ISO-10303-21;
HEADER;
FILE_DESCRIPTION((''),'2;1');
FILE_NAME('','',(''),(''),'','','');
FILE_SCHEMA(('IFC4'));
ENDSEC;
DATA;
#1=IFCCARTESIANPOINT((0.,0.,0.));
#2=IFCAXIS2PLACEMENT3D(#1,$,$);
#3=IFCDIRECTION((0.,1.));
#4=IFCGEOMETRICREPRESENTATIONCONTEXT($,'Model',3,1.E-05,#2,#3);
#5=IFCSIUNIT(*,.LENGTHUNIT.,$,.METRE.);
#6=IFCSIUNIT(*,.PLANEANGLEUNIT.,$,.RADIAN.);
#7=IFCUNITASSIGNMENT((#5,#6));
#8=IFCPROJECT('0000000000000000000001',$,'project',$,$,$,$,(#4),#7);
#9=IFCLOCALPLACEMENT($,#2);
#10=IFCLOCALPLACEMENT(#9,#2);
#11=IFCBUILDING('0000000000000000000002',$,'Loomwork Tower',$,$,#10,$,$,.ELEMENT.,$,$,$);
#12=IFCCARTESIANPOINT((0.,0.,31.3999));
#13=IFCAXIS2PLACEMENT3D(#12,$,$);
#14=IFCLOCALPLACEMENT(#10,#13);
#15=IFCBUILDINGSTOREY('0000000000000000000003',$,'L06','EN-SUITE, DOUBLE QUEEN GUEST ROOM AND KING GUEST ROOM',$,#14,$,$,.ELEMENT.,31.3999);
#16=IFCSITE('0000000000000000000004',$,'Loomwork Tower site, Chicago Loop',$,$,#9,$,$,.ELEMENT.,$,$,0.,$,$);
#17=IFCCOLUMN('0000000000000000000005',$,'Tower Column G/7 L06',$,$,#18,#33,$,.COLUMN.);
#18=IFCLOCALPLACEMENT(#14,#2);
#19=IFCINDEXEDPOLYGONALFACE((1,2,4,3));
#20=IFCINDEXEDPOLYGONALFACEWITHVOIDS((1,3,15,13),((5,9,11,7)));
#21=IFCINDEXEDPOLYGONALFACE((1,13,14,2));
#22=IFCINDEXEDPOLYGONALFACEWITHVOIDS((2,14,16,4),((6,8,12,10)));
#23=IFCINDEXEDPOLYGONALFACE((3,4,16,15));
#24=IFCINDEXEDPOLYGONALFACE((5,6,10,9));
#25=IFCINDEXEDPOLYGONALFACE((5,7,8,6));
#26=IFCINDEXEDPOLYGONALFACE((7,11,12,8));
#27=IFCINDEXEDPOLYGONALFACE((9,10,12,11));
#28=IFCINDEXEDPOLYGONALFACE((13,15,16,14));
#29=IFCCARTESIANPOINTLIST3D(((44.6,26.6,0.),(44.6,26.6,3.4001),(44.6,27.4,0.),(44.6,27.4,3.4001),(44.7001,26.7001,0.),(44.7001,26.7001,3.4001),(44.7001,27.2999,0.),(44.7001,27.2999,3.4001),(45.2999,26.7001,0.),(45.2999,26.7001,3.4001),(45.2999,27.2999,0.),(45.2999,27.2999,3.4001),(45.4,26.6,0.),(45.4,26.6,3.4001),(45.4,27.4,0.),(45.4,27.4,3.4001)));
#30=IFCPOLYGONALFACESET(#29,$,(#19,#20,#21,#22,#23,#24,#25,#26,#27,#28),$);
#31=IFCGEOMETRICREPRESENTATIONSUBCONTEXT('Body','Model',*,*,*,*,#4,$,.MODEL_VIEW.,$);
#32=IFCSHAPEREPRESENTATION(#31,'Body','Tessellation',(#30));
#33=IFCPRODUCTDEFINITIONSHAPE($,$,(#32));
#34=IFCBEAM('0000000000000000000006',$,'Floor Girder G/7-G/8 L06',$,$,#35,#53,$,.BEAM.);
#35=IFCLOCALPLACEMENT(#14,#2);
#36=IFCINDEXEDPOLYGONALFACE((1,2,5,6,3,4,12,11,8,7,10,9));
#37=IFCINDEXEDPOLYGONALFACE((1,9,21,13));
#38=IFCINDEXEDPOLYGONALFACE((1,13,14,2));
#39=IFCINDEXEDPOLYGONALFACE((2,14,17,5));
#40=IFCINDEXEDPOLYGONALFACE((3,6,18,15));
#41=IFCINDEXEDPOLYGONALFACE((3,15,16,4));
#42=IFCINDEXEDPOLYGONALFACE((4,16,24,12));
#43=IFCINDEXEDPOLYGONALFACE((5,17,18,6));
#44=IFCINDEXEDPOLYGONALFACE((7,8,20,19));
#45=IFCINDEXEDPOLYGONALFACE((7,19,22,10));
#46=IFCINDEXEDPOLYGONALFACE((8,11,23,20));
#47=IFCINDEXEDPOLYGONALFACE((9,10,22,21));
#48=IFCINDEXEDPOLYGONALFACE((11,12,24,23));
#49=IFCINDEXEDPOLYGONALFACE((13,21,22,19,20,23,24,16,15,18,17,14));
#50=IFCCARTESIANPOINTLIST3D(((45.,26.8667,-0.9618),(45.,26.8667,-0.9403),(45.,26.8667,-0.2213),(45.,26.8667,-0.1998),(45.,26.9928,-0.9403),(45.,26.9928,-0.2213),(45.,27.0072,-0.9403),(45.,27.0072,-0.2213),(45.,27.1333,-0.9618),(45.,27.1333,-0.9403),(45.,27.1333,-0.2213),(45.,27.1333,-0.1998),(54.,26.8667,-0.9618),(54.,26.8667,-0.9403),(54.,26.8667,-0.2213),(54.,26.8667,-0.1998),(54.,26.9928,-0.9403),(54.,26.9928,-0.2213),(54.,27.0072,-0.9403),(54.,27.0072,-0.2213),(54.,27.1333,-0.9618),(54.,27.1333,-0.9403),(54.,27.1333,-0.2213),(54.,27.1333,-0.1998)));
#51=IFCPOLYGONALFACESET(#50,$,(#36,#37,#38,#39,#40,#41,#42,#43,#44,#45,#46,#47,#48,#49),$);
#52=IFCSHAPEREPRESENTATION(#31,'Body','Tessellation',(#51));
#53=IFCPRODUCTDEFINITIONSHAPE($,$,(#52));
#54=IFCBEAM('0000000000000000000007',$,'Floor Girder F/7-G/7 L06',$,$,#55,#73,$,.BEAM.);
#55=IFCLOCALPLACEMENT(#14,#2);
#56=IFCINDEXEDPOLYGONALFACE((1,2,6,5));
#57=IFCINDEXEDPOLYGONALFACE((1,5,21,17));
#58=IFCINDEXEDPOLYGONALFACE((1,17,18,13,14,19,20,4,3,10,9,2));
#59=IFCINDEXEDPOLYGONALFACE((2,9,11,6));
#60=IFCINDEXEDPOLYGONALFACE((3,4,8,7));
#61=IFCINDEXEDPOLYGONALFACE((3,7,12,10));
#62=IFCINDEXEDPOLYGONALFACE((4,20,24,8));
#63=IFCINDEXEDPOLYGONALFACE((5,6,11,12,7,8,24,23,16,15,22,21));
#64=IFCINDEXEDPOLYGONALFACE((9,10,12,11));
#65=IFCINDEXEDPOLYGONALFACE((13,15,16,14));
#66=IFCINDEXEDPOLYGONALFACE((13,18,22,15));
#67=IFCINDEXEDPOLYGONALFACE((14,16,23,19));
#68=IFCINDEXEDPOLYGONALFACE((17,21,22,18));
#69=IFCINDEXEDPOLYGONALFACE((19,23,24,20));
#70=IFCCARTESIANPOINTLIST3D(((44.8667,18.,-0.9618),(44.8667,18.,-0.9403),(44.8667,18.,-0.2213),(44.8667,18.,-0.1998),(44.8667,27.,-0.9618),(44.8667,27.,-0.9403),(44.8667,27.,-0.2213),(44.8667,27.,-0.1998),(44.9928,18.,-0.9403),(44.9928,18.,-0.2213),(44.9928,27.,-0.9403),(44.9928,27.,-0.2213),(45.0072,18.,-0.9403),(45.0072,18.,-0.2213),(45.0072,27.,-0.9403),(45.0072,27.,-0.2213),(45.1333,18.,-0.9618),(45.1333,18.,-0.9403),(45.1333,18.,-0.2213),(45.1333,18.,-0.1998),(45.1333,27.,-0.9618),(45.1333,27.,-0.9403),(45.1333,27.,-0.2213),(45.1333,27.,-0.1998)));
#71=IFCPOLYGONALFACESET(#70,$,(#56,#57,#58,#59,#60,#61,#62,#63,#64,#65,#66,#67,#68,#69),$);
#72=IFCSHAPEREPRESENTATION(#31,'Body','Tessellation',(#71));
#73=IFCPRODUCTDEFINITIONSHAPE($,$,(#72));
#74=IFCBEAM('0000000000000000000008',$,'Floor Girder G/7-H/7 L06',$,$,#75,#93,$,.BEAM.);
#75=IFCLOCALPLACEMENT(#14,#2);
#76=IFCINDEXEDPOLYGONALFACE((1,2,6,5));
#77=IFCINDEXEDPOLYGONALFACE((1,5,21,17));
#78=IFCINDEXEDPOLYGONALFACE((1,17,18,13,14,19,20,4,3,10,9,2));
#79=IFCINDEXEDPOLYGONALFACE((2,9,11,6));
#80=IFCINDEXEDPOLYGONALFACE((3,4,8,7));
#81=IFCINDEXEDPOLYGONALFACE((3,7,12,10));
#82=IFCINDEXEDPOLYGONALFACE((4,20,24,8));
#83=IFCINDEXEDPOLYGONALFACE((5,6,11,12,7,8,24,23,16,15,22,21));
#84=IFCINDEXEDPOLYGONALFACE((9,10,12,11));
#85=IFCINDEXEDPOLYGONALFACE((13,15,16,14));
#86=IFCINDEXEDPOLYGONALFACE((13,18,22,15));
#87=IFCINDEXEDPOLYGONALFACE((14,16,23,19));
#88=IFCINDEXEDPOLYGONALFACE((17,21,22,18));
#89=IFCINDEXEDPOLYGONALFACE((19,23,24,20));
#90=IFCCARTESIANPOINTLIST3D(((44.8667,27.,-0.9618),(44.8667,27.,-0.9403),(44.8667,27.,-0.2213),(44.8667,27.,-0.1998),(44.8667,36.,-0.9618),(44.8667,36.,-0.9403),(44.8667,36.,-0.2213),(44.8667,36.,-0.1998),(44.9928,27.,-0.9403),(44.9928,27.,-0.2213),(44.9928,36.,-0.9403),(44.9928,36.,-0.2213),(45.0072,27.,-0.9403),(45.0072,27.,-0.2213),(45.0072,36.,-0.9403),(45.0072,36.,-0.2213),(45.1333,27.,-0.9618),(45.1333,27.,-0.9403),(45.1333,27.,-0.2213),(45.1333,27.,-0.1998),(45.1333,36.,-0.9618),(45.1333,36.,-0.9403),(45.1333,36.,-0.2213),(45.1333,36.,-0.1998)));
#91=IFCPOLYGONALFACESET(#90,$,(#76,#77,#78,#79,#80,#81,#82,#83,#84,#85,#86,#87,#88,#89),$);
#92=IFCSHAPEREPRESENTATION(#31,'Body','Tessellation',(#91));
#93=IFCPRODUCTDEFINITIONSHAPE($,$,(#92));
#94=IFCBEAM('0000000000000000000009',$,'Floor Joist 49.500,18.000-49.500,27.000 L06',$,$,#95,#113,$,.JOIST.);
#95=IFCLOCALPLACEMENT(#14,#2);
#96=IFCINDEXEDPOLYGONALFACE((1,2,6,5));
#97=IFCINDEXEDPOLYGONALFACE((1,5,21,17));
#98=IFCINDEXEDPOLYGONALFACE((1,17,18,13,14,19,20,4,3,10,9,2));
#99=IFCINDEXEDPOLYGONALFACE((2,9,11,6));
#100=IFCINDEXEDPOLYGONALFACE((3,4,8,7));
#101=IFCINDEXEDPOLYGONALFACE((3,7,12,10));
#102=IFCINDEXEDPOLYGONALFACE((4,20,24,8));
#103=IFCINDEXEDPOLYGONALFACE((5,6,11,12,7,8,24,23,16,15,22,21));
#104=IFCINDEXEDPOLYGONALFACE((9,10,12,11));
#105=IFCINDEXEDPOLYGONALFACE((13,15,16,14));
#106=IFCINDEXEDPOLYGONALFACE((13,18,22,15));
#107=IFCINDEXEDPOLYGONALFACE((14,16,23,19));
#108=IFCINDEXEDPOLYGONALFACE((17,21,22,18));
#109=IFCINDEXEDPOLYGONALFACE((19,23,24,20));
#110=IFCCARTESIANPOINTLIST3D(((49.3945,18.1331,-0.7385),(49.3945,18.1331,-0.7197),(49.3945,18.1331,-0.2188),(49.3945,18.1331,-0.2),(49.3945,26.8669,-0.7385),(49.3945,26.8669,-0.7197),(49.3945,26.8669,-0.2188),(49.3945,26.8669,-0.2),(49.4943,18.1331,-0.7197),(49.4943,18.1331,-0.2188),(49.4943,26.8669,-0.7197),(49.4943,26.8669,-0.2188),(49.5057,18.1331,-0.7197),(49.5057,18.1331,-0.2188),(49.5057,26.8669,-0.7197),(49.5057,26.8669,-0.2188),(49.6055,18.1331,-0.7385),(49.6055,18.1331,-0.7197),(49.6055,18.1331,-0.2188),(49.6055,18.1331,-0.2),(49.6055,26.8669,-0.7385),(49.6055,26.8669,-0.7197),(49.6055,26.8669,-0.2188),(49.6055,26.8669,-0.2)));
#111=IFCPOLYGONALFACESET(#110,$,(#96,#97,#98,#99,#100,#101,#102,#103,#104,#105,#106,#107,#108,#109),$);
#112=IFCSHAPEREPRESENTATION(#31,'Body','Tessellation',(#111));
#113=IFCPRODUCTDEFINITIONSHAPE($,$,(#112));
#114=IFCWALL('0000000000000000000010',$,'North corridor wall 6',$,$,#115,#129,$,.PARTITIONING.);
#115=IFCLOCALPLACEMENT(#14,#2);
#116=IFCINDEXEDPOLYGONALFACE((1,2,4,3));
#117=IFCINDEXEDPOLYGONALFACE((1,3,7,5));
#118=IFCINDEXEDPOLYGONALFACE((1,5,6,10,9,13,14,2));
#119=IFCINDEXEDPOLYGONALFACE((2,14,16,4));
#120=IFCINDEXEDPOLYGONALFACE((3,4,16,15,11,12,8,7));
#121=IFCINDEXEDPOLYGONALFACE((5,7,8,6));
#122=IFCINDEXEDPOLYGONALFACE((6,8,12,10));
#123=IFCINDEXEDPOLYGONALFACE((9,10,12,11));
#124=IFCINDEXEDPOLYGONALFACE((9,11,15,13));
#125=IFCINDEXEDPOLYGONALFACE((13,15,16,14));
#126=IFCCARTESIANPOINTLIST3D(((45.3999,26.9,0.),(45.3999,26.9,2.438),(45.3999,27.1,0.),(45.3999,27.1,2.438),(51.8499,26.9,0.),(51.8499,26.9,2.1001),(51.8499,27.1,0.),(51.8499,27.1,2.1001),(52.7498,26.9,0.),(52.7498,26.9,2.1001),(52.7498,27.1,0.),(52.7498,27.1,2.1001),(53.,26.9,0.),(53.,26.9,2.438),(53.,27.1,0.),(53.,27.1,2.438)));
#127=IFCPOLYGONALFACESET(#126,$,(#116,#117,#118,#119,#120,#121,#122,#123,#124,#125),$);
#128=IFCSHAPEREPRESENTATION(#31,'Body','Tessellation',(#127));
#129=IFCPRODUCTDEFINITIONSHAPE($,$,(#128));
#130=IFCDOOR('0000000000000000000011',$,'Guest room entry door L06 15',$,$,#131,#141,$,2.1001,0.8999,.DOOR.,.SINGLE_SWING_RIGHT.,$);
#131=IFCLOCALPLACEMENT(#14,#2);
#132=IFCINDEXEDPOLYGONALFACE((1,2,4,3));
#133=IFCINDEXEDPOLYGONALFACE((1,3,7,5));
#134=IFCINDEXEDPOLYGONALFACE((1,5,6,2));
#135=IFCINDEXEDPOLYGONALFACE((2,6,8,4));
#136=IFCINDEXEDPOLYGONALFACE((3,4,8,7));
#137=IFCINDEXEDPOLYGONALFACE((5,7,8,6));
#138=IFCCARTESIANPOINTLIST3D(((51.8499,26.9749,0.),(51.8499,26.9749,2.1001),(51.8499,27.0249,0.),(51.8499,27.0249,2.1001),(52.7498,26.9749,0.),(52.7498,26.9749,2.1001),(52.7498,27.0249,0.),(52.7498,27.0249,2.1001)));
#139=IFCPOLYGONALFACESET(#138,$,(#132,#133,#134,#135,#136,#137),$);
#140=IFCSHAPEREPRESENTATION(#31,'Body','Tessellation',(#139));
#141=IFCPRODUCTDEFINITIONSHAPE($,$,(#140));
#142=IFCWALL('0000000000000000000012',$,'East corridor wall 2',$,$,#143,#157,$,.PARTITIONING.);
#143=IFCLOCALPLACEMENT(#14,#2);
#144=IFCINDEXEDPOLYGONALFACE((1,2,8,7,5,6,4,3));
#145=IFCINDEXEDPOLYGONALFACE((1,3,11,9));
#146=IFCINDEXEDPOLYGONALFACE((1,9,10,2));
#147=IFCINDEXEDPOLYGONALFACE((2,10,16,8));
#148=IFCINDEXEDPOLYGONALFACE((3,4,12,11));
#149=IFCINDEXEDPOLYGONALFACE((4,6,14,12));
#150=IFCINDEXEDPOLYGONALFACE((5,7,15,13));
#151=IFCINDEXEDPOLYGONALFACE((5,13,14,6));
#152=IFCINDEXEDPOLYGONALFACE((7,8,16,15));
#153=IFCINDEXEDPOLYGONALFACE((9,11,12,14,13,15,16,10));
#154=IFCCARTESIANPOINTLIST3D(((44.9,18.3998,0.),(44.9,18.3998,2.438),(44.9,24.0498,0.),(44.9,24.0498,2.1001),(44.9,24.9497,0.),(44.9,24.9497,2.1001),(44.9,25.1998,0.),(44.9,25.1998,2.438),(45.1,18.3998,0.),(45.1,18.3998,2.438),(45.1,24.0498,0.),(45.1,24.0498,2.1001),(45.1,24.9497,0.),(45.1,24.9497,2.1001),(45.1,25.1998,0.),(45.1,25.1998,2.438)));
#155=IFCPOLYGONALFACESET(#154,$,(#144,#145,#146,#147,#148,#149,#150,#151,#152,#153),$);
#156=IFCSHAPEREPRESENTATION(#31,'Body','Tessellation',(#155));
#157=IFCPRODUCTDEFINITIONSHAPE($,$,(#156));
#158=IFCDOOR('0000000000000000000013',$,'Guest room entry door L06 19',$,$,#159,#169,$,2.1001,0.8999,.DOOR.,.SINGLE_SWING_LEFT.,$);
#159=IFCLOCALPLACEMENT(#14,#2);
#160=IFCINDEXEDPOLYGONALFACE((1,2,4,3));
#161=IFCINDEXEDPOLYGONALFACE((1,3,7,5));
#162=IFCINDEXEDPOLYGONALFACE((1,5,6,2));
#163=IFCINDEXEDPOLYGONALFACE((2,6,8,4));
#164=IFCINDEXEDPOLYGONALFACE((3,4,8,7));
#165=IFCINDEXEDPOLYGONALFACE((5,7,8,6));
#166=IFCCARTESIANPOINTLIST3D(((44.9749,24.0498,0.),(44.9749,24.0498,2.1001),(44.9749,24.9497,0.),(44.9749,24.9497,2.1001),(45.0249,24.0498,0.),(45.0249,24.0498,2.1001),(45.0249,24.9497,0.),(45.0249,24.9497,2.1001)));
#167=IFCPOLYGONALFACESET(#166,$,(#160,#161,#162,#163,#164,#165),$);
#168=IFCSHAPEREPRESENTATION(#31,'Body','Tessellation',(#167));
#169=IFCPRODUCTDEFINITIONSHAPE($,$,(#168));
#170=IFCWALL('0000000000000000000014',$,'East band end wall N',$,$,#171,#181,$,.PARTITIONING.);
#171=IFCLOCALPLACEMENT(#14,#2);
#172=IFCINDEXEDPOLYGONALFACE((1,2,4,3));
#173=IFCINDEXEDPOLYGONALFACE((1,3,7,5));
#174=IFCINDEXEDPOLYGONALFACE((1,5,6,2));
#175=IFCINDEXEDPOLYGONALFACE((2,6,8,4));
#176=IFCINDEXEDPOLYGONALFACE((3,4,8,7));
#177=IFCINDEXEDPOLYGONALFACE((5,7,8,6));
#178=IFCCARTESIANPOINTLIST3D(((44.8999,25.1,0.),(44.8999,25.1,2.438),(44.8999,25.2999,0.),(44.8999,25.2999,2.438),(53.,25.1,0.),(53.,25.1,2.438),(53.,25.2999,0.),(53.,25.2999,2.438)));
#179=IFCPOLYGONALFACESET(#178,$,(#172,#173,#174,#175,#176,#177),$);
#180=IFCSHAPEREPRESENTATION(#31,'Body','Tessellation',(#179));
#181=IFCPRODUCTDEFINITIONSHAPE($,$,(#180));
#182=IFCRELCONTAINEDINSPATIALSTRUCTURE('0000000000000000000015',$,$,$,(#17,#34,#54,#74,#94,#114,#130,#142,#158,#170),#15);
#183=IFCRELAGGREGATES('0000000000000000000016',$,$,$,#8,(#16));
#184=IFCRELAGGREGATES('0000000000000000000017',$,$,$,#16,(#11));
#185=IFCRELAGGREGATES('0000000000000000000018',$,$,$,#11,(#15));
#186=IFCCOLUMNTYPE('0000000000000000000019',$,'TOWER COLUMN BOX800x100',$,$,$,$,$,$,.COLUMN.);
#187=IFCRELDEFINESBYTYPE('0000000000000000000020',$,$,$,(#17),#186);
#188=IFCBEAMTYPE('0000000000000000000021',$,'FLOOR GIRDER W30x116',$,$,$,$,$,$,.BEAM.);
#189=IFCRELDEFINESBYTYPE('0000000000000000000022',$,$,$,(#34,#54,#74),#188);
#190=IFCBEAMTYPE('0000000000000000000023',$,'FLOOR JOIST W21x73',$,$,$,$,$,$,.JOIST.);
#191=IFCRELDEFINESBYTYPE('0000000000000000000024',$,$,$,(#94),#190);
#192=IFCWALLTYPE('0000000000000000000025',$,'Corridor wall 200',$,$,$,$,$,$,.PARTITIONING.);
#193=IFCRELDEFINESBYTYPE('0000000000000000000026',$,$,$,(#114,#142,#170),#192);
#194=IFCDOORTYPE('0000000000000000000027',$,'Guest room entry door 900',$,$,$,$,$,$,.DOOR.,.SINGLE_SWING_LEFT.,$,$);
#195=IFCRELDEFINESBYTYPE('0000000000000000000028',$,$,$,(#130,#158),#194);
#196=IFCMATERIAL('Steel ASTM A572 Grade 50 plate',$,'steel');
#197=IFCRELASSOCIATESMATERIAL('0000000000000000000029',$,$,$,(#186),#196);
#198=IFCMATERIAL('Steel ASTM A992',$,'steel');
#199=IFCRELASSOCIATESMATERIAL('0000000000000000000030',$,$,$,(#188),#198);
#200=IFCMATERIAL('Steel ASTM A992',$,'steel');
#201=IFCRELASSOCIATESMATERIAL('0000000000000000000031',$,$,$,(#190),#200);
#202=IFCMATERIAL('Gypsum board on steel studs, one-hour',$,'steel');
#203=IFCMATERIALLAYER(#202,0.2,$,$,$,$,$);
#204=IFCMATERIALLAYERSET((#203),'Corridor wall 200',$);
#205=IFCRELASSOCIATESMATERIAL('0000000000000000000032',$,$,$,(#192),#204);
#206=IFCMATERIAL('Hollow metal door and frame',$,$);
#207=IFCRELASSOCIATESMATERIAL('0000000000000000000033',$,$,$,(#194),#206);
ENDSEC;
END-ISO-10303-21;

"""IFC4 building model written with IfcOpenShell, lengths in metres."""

from ifc_helpers import new_model, si_unit, direction, frame, frame_2d, origin, origin_2d, place, context, subcontext, project, spatial, rectangle, hollow_rectangle, i_section, extrude, material, layer, layer_set, material_profile, profile_set, type_object, element, fill, save


model = new_model("IFC4")

# Units and contexts
model_context = context("Model", 3, precision=1e-05, world=origin(), true_north=direction((0.0, 1.0)))
body_context = subcontext(model_context, "Body", "Model", "MODEL_VIEW")
ifc_project = project(units=[si_unit("LENGTHUNIT", "METRE"), si_unit("PLANEANGLEUNIT", "RADIAN")], contexts=[model_context])

# Site, building, storey
site_placement = place(None, origin())
site = spatial("IfcSite", under=ifc_project, at=site_placement, Name="Loomwork Tower site, Chicago Loop", CompositionType="ELEMENT", RefElevation=0.0)
building_placement = place(site_placement, origin())
building = spatial("IfcBuilding", under=site, at=building_placement, Name="Loomwork Tower", CompositionType="ELEMENT")
storey_placement = place(building_placement, frame((0.0, 0.0, 31.3999)))
storey = spatial("IfcBuildingStorey", under=building, at=storey_placement, Name="L06", Description="EN-SUITE, DOUBLE QUEEN GUEST ROOM AND KING GUEST ROOM", CompositionType="ELEMENT", Elevation=31.3999)

# Column
ifc_material_1 = material(Name="Steel ASTM A572 Grade 50 plate", Category="steel")
ifc_material_profile_1 = material_profile(ifc_material_1, hollow_rectangle(XDim=0.8, YDim=0.8, WallThickness=0.1001, at=origin_2d()), Name="BOX800x100")
ifc_profile_set_1 = profile_set([ifc_material_profile_1], Name="Steel ASTM A572 Grade 50 plate")
column_type = type_object("IfcColumnType", Name="TOWER COLUMN BOX800x100", PredefinedType="COLUMN", material=ifc_profile_set_1)
column_placement = place(storey_placement, frame((45.0, 27.0, 0.0), z_axis=(0.0, 0.0, 1.0), x_axis=(0.0, 1.0, 0.0)))
element("IfcColumn", 1, at=column_placement, inside=storey, type_object=column_type, Name="Tower Column G/7 L06", PredefinedType="COLUMN", context=body_context, shape_type="SweptSolid", body=[
    extrude(hollow_rectangle(XDim=0.8, YDim=0.8, WallThickness=0.1001, at=origin_2d()), origin(), (0.0, 0.0, 1.0), 3.4001),
])

# Beams
ifc_material_2 = material(Name="Steel ASTM A992", Category="steel")
ifc_material_profile_2 = material_profile(ifc_material_2, i_section(OverallWidth=0.2666, OverallDepth=0.762, WebThickness=0.0144, FlangeThickness=0.0215, at=origin_2d()), Name="W30x116")
ifc_profile_set_2 = profile_set([ifc_material_profile_2], Name="Steel ASTM A992")
beam_type_1 = type_object("IfcBeamType", Name="FLOOR GIRDER W30x116", PredefinedType="BEAM", material=ifc_profile_set_2)
for number, where, z_axis, x_axis, name in (
    (2, (45.0, 27.0, -0.5808), (1.0, 0.0, 0.0), (0.0, 1.0, 0.0), "Floor Girder G/7-G/8 L06"),
    (3, (45.0, 18.0, -0.5808), (0.0, 1.0, 0.0), (-1.0, 0.0, 0.0), "Floor Girder F/7-G/7 L06"),
    (4, (45.0, 27.0, -0.5808), (0.0, 1.0, 0.0), (-1.0, 0.0, 0.0), "Floor Girder G/7-H/7 L06"),
):
    element("IfcBeam", number, at=place(storey_placement, frame(where, z_axis=z_axis, x_axis=x_axis)), inside=storey, type_object=beam_type_1, Name=name, PredefinedType="BEAM", context=body_context, shape_type="SweptSolid", body=[
        extrude(i_section(OverallWidth=0.2666, OverallDepth=0.762, WebThickness=0.0144, FlangeThickness=0.0215, at=origin_2d()), origin(), (0.0, 0.0, 1.0), 9.0),
    ])
ifc_material_3 = material(Name="Steel ASTM A992", Category="steel")
ifc_material_profile_3 = material_profile(ifc_material_3, i_section(OverallWidth=0.2109, OverallDepth=0.5386, WebThickness=0.0115, FlangeThickness=0.0188, at=origin_2d()), Name="W21x73")
ifc_profile_set_3 = profile_set([ifc_material_profile_3], Name="Steel ASTM A992")
beam_type_2 = type_object("IfcBeamType", Name="FLOOR JOIST W21x73", PredefinedType="JOIST", material=ifc_profile_set_3)
beam_placement = place(storey_placement, frame((49.5, 18.1331, -0.4692), z_axis=(0.0, 1.0, 0.0), x_axis=(-1.0, 0.0, 0.0)))
element("IfcBeam", 5, at=beam_placement, inside=storey, type_object=beam_type_2, Name="Floor Joist 49.500,18.000-49.500,27.000 L06", PredefinedType="JOIST", context=body_context, shape_type="SweptSolid", body=[
    extrude(i_section(OverallWidth=0.2109, OverallDepth=0.5386, WebThickness=0.0115, FlangeThickness=0.0188, at=origin_2d()), origin(), (0.0, 0.0, 1.0), 8.7339),
])

# Walls, openings, doors
ifc_material_4 = material(Name="Gypsum board on steel studs, one-hour", Category="steel")
ifc_layer_1 = layer(ifc_material_4, 0.2)
ifc_layer_set_1 = layer_set([ifc_layer_1], Name="Corridor wall 200")
wall_type_1 = type_object("IfcWallType", Name="Corridor wall 200", PredefinedType="PARTITIONING", material=ifc_layer_set_1)
wall_1_placement = place(storey_placement, frame((45.3999, 27.0, 0.0), z_axis=(0.0, 0.0, 1.0), x_axis=(1.0, 0.0, 0.0)))
wall_1 = element("IfcWall", 6, at=wall_1_placement, inside=storey, type_object=wall_type_1, Name="North corridor wall 6", PredefinedType="PARTITIONING", context=body_context, shape_type="SweptSolid", body=[
    extrude(rectangle(XDim=7.6001, YDim=0.2, at=frame_2d((3.8, 0.0))), origin(), (0.0, 0.0, 1.0), 2.438),
])
opening_1_placement = place(wall_1_placement, frame((6.45, 0.0, 0.0)))
opening_1 = element("IfcOpeningElement", 7, at=opening_1_placement, cuts=wall_1, PredefinedType="OPENING", context=body_context, shape_type="SweptSolid", body=[
    extrude(rectangle(XDim=0.8999, YDim=2.1001, at=frame_2d((0.45, 1.05))), frame((0.0, 0.1099, 0.0), z_axis=(0.0, -1.0, 0.0), x_axis=(1.0, 0.0, 0.0)), (0.0, 0.0, 1.0), 0.22),
])
ifc_material_5 = material(Name="Hollow metal door and frame")
door_type_1 = type_object("IfcDoorType", Name="Guest room entry door 900", OperationType="SINGLE_SWING_LEFT", PredefinedType="DOOR", material=ifc_material_5)
door_1_placement = place(opening_1_placement, origin())
door_1 = element("IfcDoor", 8, at=door_1_placement, inside=storey, type_object=door_type_1, Name="Guest room entry door L06 15", OperationType="SINGLE_SWING_RIGHT", OverallHeight=2.1001, OverallWidth=0.8999, PredefinedType="DOOR", context=body_context, shape_type="SweptSolid", body=[
    extrude(rectangle(XDim=0.8999, YDim=2.1001, at=frame_2d((0.45, 1.05))), frame((0.0, 0.0249, 0.0), z_axis=(0.0, -1.0, 0.0), x_axis=(1.0, 0.0, 0.0)), (0.0, 0.0, 1.0), 0.05),
])
fill(opening_1, door_1)
wall_2_placement = place(storey_placement, frame((45.0, 18.3999, 0.0), z_axis=(0.0, 0.0, 1.0), x_axis=(0.0, 1.0, 0.0)))
wall_2 = element("IfcWall", 9, at=wall_2_placement, inside=storey, type_object=wall_type_1, Name="East corridor wall 2", PredefinedType="PARTITIONING", context=body_context, shape_type="SweptSolid", body=[
    extrude(rectangle(XDim=6.8, YDim=0.2, at=frame_2d((3.3999, 0.0))), origin(), (0.0, 0.0, 1.0), 2.438),
])
opening_2_placement = place(wall_2_placement, frame((5.6499, 0.0, 0.0)))
opening_2 = element("IfcOpeningElement", 10, at=opening_2_placement, cuts=wall_2, PredefinedType="OPENING", context=body_context, shape_type="SweptSolid", body=[
    extrude(rectangle(XDim=0.8999, YDim=2.1001, at=frame_2d((0.45, 1.05))), frame((0.0, 0.1099, 0.0), z_axis=(0.0, -1.0, 0.0), x_axis=(1.0, 0.0, 0.0)), (0.0, 0.0, 1.0), 0.22),
])
door_2_placement = place(opening_2_placement, frame((0.8999, 0.0, 0.0), z_axis=(0.0, 0.0, 1.0), x_axis=(-1.0, 0.0, 0.0)))
door_2 = element("IfcDoor", 11, at=door_2_placement, inside=storey, type_object=door_type_1, Name="Guest room entry door L06 19", OperationType="SINGLE_SWING_LEFT", OverallHeight=2.1001, OverallWidth=0.8999, PredefinedType="DOOR", context=body_context, shape_type="SweptSolid", body=[
    extrude(rectangle(XDim=0.8999, YDim=2.1001, at=frame_2d((0.45, 1.05))), frame((0.0, 0.0249, 0.0), z_axis=(0.0, -1.0, 0.0), x_axis=(1.0, 0.0, 0.0)), (0.0, 0.0, 1.0), 0.05),
])
fill(opening_2, door_2)

# Wall
wall_3_placement = place(storey_placement, frame((44.8999, 25.2, 0.0), z_axis=(0.0, 0.0, 1.0), x_axis=(1.0, 0.0, 0.0)))
element("IfcWall", 12, at=wall_3_placement, inside=storey, type_object=wall_type_1, Name="East band end wall N", PredefinedType="PARTITIONING", context=body_context, shape_type="SweptSolid", body=[
    extrude(rectangle(XDim=8.1001, YDim=0.2, at=frame_2d((4.05, 0.0))), origin(), (0.0, 0.0, 1.0), 2.438),
])

save(model, "model.ifc")
